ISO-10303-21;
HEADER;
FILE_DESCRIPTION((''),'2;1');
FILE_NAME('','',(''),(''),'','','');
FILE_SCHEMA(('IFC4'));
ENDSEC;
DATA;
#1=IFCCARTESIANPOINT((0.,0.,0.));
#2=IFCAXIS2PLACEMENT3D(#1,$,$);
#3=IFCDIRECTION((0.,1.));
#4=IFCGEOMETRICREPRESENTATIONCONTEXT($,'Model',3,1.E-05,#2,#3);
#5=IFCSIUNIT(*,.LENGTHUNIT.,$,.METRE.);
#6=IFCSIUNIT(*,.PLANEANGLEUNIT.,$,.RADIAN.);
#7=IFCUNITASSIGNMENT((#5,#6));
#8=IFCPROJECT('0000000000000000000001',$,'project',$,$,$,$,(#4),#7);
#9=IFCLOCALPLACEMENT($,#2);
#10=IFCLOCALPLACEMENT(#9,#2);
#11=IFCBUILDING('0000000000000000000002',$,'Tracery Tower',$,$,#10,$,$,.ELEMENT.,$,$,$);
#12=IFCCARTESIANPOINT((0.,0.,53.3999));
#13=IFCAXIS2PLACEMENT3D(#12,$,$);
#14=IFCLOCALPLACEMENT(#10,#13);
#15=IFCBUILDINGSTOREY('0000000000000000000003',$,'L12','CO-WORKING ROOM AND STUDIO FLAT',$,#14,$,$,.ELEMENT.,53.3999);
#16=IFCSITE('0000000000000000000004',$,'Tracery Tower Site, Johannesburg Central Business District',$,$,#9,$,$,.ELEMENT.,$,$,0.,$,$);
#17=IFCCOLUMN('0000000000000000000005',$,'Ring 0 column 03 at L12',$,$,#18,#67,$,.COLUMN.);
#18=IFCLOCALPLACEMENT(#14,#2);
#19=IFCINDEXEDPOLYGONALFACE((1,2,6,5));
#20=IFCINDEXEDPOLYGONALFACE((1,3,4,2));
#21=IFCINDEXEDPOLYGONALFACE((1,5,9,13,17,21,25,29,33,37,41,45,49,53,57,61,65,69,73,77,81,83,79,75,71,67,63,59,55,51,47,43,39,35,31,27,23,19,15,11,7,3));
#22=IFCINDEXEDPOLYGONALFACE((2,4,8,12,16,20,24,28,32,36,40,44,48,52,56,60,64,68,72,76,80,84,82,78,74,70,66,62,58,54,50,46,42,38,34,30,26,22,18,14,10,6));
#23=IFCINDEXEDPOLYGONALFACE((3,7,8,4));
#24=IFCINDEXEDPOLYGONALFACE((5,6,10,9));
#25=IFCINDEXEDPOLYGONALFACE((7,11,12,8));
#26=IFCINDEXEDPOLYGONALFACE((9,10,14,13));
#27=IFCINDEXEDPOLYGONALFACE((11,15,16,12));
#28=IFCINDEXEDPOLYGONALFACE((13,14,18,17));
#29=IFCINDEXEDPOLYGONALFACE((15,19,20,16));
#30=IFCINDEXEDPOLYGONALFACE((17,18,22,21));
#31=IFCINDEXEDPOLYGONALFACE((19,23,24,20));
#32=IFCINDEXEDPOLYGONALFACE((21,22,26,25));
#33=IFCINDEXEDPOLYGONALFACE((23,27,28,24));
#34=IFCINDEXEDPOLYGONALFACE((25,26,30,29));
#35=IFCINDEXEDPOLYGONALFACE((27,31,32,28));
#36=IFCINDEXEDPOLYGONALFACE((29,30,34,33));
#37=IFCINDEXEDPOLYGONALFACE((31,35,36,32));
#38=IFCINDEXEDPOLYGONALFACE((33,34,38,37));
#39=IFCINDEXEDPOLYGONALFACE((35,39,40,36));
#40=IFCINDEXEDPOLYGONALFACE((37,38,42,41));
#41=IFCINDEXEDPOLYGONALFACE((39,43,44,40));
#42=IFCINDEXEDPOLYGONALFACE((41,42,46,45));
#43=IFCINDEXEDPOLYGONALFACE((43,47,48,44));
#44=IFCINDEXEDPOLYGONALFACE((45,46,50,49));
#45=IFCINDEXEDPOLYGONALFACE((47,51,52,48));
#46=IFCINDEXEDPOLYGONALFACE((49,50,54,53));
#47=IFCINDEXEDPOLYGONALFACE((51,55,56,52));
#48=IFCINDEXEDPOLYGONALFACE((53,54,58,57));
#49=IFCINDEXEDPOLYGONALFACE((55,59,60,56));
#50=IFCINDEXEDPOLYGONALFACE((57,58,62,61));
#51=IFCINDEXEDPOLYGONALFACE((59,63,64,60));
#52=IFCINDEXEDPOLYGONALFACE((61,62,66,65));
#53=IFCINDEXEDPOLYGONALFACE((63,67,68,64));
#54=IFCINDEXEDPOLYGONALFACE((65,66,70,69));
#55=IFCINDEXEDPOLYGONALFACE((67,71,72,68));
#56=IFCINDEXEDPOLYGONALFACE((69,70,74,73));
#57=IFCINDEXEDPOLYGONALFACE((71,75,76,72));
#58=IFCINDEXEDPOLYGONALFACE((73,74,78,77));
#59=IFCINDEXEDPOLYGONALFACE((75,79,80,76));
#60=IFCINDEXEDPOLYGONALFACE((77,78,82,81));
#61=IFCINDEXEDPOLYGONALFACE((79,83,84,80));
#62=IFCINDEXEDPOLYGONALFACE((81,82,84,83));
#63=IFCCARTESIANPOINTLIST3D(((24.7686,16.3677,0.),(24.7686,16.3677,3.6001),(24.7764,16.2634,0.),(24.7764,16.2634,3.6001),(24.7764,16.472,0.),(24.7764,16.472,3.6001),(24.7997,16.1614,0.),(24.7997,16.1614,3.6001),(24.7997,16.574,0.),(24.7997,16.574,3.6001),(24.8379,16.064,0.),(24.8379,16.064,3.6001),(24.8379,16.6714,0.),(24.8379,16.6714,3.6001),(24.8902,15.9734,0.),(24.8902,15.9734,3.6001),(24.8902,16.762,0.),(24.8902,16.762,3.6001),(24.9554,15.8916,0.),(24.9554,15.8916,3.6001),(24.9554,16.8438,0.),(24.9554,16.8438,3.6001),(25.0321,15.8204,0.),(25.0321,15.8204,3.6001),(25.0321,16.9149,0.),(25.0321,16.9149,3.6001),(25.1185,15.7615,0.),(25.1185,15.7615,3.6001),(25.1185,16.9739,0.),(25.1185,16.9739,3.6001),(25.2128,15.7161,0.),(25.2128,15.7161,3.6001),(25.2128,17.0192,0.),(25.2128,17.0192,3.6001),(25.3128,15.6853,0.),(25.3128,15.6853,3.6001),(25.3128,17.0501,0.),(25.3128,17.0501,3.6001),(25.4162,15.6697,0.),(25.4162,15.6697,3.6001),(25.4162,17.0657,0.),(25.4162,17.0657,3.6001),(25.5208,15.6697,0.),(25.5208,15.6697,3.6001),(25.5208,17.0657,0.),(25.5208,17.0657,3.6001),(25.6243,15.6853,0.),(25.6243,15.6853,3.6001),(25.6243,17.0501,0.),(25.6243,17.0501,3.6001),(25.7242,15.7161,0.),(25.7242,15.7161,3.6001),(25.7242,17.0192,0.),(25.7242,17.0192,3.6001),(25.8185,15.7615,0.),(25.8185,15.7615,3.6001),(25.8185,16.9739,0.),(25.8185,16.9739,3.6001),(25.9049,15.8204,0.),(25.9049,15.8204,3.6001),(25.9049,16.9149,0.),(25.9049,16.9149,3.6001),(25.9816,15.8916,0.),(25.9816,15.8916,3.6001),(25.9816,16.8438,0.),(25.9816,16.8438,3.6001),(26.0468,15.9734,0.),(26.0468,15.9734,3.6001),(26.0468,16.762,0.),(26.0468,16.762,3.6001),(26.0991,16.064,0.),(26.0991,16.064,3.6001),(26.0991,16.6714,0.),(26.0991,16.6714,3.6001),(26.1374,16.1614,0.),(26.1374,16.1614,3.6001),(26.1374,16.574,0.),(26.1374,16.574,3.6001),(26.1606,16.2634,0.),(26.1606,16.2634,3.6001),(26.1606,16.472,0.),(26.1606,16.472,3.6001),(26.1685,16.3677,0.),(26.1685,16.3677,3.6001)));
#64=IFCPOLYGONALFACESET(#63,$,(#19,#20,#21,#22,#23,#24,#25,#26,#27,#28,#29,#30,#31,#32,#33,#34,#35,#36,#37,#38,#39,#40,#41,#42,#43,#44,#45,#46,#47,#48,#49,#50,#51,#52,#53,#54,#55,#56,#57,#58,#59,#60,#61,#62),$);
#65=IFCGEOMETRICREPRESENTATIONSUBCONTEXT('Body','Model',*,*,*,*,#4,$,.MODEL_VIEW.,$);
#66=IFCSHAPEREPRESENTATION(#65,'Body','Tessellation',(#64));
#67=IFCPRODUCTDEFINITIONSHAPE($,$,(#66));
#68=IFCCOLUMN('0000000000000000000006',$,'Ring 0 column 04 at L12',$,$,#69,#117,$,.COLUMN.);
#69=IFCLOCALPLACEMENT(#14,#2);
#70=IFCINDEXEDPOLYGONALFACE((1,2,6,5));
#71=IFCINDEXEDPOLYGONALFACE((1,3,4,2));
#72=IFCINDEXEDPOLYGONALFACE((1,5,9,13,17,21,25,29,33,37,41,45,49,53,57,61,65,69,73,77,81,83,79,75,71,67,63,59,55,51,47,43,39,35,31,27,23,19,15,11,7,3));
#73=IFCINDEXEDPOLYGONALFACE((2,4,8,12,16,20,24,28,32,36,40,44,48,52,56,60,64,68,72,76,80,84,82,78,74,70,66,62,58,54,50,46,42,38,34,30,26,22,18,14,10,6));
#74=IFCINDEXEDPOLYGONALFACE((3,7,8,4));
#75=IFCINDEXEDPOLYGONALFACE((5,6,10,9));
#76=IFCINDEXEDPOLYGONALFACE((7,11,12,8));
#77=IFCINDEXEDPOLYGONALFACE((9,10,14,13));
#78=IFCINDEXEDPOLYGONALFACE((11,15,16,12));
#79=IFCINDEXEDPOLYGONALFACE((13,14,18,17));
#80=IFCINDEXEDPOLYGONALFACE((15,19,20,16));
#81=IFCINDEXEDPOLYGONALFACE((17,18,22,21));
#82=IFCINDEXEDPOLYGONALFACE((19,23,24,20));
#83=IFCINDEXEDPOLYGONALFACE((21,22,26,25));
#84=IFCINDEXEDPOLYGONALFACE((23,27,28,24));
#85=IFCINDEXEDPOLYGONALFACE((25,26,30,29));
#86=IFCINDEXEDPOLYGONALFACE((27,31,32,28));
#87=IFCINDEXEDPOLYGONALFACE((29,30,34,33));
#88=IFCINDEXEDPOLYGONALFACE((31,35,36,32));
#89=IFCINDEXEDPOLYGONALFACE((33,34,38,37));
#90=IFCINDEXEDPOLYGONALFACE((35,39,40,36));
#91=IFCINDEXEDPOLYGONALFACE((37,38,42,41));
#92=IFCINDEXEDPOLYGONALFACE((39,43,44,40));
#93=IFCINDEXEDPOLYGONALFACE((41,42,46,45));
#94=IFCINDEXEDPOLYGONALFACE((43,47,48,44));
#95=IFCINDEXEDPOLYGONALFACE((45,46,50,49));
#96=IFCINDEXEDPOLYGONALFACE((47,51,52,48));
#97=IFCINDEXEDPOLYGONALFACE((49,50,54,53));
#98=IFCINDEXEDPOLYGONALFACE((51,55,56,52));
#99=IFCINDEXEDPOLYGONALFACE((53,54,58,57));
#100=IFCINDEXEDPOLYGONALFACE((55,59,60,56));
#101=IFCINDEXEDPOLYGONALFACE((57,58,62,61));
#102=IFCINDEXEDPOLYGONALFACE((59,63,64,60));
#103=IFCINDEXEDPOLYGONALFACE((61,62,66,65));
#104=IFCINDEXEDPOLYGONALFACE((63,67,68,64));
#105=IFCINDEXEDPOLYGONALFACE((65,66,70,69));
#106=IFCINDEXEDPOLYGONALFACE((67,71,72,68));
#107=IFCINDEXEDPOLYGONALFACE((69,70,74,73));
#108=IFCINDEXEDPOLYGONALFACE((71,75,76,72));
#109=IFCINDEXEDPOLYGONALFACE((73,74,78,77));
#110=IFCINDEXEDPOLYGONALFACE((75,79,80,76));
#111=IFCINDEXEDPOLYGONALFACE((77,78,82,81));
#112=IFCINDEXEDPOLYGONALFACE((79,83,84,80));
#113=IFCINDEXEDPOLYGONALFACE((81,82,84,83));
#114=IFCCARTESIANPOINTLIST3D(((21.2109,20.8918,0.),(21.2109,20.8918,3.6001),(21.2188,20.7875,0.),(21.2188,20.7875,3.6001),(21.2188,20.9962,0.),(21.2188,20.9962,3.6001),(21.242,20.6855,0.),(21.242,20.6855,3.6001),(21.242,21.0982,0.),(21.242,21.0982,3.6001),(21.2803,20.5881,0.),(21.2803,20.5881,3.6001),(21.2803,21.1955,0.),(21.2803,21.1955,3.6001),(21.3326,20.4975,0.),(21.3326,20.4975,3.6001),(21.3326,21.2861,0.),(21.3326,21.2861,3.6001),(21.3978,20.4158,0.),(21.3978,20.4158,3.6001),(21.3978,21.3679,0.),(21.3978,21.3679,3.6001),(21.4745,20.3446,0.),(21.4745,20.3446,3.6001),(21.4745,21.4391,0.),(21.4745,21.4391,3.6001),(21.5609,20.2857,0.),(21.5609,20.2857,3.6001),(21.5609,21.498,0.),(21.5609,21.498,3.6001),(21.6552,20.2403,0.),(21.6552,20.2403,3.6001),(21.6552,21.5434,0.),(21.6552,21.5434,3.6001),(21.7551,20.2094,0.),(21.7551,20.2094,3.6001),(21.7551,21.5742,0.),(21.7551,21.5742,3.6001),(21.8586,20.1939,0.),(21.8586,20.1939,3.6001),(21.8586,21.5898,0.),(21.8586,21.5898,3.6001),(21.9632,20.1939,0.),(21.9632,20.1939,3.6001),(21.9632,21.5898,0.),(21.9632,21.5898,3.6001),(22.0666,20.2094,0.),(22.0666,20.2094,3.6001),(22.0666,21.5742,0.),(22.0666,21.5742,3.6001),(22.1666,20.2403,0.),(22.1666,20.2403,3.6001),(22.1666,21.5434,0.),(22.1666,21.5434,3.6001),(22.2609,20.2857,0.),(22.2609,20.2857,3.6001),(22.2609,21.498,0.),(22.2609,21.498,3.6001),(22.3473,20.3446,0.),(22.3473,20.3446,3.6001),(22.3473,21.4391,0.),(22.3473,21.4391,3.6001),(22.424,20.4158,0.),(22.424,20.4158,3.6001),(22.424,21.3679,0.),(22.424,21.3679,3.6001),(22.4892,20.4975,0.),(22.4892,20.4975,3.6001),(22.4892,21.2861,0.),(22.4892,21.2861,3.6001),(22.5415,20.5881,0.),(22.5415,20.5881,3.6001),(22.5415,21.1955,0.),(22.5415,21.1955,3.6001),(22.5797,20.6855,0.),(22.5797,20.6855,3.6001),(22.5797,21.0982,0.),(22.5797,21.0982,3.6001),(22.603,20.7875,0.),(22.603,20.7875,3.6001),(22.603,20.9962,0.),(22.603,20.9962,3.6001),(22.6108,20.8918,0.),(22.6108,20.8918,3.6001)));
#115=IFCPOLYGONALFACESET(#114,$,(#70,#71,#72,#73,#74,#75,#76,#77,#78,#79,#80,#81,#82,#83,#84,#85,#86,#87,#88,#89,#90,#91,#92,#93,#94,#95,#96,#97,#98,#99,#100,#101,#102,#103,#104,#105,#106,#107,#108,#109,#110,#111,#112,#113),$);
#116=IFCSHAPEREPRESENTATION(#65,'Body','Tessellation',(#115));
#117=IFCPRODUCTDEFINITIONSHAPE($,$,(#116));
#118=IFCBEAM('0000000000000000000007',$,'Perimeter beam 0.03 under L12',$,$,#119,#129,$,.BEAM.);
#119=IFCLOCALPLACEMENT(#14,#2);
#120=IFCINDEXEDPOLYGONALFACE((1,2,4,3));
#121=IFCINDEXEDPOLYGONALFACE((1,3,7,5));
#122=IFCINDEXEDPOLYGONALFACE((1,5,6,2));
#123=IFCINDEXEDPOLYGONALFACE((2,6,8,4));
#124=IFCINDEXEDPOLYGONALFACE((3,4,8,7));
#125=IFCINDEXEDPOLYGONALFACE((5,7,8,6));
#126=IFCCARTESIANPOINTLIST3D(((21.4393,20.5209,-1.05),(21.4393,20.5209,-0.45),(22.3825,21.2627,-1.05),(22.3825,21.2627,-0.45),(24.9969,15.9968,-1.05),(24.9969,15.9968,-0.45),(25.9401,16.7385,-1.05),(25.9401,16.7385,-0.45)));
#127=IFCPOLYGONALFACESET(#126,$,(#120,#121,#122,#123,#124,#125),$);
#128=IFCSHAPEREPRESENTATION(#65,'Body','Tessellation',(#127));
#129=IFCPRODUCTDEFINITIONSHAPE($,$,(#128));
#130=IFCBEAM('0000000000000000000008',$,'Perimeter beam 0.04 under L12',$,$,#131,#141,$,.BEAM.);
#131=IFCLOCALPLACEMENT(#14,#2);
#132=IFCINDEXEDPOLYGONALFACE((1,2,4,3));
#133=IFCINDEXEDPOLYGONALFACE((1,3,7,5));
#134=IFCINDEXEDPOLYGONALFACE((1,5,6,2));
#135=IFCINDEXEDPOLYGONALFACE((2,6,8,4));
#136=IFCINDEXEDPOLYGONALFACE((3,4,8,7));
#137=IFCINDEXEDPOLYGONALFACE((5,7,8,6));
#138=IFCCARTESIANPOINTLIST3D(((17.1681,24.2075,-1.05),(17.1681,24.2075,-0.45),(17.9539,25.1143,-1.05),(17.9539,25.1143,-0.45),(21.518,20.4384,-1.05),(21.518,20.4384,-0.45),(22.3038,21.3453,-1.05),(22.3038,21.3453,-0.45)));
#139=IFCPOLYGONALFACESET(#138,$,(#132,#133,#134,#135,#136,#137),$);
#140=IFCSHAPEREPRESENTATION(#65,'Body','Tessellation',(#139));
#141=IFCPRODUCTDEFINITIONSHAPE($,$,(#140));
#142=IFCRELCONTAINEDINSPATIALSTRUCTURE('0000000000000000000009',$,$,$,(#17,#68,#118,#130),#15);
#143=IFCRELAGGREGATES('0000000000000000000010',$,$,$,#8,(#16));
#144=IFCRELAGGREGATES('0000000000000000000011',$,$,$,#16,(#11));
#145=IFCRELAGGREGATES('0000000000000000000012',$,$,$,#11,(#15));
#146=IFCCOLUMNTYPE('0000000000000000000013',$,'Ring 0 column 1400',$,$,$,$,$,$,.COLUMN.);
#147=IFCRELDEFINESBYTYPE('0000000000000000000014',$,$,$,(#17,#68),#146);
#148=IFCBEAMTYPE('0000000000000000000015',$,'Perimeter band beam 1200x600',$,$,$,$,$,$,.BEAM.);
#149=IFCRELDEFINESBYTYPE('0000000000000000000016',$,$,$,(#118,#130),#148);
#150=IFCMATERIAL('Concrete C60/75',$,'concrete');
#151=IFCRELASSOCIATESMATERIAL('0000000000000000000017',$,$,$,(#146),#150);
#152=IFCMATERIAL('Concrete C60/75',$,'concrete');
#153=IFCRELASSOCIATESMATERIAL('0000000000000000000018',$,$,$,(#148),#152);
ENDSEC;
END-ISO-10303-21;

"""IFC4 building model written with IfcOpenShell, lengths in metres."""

from ifc_helpers import new_model, si_unit, direction, frame, origin, origin_2d, place, context, subcontext, project, spatial, rectangle, circle, extrude, material, material_profile, profile_set, type_object, element, save


model = new_model("IFC4")

# Units and contexts
model_context = context("Model", 3, precision=1e-05, world=origin(), true_north=direction((0.0, 1.0)))
body_context = subcontext(model_context, "Body", "Model", "MODEL_VIEW")
ifc_project = project(units=[si_unit("LENGTHUNIT", "METRE"), si_unit("PLANEANGLEUNIT", "RADIAN")], contexts=[model_context])

# Site, building, storey
site_placement = place(None, origin())
site = spatial("IfcSite", under=ifc_project, at=site_placement, Name="Tracery Tower Site, Johannesburg Central Business District", CompositionType="ELEMENT", RefElevation=0.0)
building_placement = place(site_placement, origin())
building = spatial("IfcBuilding", under=site, at=building_placement, Name="Tracery Tower", CompositionType="ELEMENT")
storey_placement = place(building_placement, frame((0.0, 0.0, 53.3999)))
storey = spatial("IfcBuildingStorey", under=building, at=storey_placement, Name="L12", Description="CO-WORKING ROOM AND STUDIO FLAT", CompositionType="ELEMENT", Elevation=53.3999)

# Columns
ifc_material_1 = material(Name="Concrete C60/75", Category="concrete")
ifc_material_profile_1 = material_profile(ifc_material_1, circle(Radius=0.7, at=origin_2d()), Name="RC D1400")
ifc_profile_set_1 = profile_set([ifc_material_profile_1], Name="Concrete C60/75")
column_type = type_object("IfcColumnType", Name="Ring 0 column 1400", PredefinedType="COLUMN", material=ifc_profile_set_1)
for number, where, z_axis, x_axis, name in (
    (1, (25.4685, 16.3677, 0.0), (0.0, 0.0, 1.0), (1.0, 0.0, 0.0), "Ring 0 column 03 at L12"),
    (2, (21.9109, 20.8918, 0.0), (0.0, 0.0, 1.0), (1.0, 0.0, 0.0), "Ring 0 column 04 at L12"),
):
    element("IfcColumn", number, at=place(storey_placement, frame(where, z_axis=z_axis, x_axis=x_axis)), inside=storey, type_object=column_type, Name=name, PredefinedType="COLUMN", context=body_context, shape_type="SweptSolid", body=[
        extrude(circle(Radius=0.7, at=origin_2d()), origin(), (0.0, 0.0, 1.0), 3.6001),
    ])

# Beams
ifc_material_2 = material(Name="Concrete C60/75", Category="concrete")
ifc_material_profile_2 = material_profile(ifc_material_2, rectangle(XDim=1.2, YDim=0.6001, at=origin_2d()), Name="RC 1200x600")
ifc_profile_set_2 = profile_set([ifc_material_profile_2], Name="Concrete C60/75")
beam_type = type_object("IfcBeamType", Name="Perimeter band beam 1200x600", PredefinedType="BEAM", material=ifc_profile_set_2)
beam_1_placement = place(storey_placement, frame((25.4685, 16.3677, -0.75), z_axis=(-0.618134, 0.786072, 0.0), x_axis=(-0.786072, -0.618134, 0.0)))
element("IfcBeam", 3, at=beam_1_placement, inside=storey, type_object=beam_type, Name="Perimeter beam 0.03 under L12", PredefinedType="BEAM", context=body_context, shape_type="SweptSolid", body=[
    extrude(rectangle(XDim=1.2, YDim=0.6001, at=origin_2d()), origin(), (0.0, 0.0, 1.0), 5.7554),
])
beam_2_placement = place(storey_placement, frame((21.9109, 20.8918, -0.75), z_axis=(-0.75576, 0.654848, 0.0), x_axis=(-0.654848, -0.75576, 0.0)))
element("IfcBeam", 4, at=beam_2_placement, inside=storey, type_object=beam_type, Name="Perimeter beam 0.04 under L12", PredefinedType="BEAM", context=body_context, shape_type="SweptSolid", body=[
    extrude(rectangle(XDim=1.2, YDim=0.6001, at=origin_2d()), origin(), (0.0, 0.0, 1.0), 5.7556),
])

save(model, "model.ifc")
